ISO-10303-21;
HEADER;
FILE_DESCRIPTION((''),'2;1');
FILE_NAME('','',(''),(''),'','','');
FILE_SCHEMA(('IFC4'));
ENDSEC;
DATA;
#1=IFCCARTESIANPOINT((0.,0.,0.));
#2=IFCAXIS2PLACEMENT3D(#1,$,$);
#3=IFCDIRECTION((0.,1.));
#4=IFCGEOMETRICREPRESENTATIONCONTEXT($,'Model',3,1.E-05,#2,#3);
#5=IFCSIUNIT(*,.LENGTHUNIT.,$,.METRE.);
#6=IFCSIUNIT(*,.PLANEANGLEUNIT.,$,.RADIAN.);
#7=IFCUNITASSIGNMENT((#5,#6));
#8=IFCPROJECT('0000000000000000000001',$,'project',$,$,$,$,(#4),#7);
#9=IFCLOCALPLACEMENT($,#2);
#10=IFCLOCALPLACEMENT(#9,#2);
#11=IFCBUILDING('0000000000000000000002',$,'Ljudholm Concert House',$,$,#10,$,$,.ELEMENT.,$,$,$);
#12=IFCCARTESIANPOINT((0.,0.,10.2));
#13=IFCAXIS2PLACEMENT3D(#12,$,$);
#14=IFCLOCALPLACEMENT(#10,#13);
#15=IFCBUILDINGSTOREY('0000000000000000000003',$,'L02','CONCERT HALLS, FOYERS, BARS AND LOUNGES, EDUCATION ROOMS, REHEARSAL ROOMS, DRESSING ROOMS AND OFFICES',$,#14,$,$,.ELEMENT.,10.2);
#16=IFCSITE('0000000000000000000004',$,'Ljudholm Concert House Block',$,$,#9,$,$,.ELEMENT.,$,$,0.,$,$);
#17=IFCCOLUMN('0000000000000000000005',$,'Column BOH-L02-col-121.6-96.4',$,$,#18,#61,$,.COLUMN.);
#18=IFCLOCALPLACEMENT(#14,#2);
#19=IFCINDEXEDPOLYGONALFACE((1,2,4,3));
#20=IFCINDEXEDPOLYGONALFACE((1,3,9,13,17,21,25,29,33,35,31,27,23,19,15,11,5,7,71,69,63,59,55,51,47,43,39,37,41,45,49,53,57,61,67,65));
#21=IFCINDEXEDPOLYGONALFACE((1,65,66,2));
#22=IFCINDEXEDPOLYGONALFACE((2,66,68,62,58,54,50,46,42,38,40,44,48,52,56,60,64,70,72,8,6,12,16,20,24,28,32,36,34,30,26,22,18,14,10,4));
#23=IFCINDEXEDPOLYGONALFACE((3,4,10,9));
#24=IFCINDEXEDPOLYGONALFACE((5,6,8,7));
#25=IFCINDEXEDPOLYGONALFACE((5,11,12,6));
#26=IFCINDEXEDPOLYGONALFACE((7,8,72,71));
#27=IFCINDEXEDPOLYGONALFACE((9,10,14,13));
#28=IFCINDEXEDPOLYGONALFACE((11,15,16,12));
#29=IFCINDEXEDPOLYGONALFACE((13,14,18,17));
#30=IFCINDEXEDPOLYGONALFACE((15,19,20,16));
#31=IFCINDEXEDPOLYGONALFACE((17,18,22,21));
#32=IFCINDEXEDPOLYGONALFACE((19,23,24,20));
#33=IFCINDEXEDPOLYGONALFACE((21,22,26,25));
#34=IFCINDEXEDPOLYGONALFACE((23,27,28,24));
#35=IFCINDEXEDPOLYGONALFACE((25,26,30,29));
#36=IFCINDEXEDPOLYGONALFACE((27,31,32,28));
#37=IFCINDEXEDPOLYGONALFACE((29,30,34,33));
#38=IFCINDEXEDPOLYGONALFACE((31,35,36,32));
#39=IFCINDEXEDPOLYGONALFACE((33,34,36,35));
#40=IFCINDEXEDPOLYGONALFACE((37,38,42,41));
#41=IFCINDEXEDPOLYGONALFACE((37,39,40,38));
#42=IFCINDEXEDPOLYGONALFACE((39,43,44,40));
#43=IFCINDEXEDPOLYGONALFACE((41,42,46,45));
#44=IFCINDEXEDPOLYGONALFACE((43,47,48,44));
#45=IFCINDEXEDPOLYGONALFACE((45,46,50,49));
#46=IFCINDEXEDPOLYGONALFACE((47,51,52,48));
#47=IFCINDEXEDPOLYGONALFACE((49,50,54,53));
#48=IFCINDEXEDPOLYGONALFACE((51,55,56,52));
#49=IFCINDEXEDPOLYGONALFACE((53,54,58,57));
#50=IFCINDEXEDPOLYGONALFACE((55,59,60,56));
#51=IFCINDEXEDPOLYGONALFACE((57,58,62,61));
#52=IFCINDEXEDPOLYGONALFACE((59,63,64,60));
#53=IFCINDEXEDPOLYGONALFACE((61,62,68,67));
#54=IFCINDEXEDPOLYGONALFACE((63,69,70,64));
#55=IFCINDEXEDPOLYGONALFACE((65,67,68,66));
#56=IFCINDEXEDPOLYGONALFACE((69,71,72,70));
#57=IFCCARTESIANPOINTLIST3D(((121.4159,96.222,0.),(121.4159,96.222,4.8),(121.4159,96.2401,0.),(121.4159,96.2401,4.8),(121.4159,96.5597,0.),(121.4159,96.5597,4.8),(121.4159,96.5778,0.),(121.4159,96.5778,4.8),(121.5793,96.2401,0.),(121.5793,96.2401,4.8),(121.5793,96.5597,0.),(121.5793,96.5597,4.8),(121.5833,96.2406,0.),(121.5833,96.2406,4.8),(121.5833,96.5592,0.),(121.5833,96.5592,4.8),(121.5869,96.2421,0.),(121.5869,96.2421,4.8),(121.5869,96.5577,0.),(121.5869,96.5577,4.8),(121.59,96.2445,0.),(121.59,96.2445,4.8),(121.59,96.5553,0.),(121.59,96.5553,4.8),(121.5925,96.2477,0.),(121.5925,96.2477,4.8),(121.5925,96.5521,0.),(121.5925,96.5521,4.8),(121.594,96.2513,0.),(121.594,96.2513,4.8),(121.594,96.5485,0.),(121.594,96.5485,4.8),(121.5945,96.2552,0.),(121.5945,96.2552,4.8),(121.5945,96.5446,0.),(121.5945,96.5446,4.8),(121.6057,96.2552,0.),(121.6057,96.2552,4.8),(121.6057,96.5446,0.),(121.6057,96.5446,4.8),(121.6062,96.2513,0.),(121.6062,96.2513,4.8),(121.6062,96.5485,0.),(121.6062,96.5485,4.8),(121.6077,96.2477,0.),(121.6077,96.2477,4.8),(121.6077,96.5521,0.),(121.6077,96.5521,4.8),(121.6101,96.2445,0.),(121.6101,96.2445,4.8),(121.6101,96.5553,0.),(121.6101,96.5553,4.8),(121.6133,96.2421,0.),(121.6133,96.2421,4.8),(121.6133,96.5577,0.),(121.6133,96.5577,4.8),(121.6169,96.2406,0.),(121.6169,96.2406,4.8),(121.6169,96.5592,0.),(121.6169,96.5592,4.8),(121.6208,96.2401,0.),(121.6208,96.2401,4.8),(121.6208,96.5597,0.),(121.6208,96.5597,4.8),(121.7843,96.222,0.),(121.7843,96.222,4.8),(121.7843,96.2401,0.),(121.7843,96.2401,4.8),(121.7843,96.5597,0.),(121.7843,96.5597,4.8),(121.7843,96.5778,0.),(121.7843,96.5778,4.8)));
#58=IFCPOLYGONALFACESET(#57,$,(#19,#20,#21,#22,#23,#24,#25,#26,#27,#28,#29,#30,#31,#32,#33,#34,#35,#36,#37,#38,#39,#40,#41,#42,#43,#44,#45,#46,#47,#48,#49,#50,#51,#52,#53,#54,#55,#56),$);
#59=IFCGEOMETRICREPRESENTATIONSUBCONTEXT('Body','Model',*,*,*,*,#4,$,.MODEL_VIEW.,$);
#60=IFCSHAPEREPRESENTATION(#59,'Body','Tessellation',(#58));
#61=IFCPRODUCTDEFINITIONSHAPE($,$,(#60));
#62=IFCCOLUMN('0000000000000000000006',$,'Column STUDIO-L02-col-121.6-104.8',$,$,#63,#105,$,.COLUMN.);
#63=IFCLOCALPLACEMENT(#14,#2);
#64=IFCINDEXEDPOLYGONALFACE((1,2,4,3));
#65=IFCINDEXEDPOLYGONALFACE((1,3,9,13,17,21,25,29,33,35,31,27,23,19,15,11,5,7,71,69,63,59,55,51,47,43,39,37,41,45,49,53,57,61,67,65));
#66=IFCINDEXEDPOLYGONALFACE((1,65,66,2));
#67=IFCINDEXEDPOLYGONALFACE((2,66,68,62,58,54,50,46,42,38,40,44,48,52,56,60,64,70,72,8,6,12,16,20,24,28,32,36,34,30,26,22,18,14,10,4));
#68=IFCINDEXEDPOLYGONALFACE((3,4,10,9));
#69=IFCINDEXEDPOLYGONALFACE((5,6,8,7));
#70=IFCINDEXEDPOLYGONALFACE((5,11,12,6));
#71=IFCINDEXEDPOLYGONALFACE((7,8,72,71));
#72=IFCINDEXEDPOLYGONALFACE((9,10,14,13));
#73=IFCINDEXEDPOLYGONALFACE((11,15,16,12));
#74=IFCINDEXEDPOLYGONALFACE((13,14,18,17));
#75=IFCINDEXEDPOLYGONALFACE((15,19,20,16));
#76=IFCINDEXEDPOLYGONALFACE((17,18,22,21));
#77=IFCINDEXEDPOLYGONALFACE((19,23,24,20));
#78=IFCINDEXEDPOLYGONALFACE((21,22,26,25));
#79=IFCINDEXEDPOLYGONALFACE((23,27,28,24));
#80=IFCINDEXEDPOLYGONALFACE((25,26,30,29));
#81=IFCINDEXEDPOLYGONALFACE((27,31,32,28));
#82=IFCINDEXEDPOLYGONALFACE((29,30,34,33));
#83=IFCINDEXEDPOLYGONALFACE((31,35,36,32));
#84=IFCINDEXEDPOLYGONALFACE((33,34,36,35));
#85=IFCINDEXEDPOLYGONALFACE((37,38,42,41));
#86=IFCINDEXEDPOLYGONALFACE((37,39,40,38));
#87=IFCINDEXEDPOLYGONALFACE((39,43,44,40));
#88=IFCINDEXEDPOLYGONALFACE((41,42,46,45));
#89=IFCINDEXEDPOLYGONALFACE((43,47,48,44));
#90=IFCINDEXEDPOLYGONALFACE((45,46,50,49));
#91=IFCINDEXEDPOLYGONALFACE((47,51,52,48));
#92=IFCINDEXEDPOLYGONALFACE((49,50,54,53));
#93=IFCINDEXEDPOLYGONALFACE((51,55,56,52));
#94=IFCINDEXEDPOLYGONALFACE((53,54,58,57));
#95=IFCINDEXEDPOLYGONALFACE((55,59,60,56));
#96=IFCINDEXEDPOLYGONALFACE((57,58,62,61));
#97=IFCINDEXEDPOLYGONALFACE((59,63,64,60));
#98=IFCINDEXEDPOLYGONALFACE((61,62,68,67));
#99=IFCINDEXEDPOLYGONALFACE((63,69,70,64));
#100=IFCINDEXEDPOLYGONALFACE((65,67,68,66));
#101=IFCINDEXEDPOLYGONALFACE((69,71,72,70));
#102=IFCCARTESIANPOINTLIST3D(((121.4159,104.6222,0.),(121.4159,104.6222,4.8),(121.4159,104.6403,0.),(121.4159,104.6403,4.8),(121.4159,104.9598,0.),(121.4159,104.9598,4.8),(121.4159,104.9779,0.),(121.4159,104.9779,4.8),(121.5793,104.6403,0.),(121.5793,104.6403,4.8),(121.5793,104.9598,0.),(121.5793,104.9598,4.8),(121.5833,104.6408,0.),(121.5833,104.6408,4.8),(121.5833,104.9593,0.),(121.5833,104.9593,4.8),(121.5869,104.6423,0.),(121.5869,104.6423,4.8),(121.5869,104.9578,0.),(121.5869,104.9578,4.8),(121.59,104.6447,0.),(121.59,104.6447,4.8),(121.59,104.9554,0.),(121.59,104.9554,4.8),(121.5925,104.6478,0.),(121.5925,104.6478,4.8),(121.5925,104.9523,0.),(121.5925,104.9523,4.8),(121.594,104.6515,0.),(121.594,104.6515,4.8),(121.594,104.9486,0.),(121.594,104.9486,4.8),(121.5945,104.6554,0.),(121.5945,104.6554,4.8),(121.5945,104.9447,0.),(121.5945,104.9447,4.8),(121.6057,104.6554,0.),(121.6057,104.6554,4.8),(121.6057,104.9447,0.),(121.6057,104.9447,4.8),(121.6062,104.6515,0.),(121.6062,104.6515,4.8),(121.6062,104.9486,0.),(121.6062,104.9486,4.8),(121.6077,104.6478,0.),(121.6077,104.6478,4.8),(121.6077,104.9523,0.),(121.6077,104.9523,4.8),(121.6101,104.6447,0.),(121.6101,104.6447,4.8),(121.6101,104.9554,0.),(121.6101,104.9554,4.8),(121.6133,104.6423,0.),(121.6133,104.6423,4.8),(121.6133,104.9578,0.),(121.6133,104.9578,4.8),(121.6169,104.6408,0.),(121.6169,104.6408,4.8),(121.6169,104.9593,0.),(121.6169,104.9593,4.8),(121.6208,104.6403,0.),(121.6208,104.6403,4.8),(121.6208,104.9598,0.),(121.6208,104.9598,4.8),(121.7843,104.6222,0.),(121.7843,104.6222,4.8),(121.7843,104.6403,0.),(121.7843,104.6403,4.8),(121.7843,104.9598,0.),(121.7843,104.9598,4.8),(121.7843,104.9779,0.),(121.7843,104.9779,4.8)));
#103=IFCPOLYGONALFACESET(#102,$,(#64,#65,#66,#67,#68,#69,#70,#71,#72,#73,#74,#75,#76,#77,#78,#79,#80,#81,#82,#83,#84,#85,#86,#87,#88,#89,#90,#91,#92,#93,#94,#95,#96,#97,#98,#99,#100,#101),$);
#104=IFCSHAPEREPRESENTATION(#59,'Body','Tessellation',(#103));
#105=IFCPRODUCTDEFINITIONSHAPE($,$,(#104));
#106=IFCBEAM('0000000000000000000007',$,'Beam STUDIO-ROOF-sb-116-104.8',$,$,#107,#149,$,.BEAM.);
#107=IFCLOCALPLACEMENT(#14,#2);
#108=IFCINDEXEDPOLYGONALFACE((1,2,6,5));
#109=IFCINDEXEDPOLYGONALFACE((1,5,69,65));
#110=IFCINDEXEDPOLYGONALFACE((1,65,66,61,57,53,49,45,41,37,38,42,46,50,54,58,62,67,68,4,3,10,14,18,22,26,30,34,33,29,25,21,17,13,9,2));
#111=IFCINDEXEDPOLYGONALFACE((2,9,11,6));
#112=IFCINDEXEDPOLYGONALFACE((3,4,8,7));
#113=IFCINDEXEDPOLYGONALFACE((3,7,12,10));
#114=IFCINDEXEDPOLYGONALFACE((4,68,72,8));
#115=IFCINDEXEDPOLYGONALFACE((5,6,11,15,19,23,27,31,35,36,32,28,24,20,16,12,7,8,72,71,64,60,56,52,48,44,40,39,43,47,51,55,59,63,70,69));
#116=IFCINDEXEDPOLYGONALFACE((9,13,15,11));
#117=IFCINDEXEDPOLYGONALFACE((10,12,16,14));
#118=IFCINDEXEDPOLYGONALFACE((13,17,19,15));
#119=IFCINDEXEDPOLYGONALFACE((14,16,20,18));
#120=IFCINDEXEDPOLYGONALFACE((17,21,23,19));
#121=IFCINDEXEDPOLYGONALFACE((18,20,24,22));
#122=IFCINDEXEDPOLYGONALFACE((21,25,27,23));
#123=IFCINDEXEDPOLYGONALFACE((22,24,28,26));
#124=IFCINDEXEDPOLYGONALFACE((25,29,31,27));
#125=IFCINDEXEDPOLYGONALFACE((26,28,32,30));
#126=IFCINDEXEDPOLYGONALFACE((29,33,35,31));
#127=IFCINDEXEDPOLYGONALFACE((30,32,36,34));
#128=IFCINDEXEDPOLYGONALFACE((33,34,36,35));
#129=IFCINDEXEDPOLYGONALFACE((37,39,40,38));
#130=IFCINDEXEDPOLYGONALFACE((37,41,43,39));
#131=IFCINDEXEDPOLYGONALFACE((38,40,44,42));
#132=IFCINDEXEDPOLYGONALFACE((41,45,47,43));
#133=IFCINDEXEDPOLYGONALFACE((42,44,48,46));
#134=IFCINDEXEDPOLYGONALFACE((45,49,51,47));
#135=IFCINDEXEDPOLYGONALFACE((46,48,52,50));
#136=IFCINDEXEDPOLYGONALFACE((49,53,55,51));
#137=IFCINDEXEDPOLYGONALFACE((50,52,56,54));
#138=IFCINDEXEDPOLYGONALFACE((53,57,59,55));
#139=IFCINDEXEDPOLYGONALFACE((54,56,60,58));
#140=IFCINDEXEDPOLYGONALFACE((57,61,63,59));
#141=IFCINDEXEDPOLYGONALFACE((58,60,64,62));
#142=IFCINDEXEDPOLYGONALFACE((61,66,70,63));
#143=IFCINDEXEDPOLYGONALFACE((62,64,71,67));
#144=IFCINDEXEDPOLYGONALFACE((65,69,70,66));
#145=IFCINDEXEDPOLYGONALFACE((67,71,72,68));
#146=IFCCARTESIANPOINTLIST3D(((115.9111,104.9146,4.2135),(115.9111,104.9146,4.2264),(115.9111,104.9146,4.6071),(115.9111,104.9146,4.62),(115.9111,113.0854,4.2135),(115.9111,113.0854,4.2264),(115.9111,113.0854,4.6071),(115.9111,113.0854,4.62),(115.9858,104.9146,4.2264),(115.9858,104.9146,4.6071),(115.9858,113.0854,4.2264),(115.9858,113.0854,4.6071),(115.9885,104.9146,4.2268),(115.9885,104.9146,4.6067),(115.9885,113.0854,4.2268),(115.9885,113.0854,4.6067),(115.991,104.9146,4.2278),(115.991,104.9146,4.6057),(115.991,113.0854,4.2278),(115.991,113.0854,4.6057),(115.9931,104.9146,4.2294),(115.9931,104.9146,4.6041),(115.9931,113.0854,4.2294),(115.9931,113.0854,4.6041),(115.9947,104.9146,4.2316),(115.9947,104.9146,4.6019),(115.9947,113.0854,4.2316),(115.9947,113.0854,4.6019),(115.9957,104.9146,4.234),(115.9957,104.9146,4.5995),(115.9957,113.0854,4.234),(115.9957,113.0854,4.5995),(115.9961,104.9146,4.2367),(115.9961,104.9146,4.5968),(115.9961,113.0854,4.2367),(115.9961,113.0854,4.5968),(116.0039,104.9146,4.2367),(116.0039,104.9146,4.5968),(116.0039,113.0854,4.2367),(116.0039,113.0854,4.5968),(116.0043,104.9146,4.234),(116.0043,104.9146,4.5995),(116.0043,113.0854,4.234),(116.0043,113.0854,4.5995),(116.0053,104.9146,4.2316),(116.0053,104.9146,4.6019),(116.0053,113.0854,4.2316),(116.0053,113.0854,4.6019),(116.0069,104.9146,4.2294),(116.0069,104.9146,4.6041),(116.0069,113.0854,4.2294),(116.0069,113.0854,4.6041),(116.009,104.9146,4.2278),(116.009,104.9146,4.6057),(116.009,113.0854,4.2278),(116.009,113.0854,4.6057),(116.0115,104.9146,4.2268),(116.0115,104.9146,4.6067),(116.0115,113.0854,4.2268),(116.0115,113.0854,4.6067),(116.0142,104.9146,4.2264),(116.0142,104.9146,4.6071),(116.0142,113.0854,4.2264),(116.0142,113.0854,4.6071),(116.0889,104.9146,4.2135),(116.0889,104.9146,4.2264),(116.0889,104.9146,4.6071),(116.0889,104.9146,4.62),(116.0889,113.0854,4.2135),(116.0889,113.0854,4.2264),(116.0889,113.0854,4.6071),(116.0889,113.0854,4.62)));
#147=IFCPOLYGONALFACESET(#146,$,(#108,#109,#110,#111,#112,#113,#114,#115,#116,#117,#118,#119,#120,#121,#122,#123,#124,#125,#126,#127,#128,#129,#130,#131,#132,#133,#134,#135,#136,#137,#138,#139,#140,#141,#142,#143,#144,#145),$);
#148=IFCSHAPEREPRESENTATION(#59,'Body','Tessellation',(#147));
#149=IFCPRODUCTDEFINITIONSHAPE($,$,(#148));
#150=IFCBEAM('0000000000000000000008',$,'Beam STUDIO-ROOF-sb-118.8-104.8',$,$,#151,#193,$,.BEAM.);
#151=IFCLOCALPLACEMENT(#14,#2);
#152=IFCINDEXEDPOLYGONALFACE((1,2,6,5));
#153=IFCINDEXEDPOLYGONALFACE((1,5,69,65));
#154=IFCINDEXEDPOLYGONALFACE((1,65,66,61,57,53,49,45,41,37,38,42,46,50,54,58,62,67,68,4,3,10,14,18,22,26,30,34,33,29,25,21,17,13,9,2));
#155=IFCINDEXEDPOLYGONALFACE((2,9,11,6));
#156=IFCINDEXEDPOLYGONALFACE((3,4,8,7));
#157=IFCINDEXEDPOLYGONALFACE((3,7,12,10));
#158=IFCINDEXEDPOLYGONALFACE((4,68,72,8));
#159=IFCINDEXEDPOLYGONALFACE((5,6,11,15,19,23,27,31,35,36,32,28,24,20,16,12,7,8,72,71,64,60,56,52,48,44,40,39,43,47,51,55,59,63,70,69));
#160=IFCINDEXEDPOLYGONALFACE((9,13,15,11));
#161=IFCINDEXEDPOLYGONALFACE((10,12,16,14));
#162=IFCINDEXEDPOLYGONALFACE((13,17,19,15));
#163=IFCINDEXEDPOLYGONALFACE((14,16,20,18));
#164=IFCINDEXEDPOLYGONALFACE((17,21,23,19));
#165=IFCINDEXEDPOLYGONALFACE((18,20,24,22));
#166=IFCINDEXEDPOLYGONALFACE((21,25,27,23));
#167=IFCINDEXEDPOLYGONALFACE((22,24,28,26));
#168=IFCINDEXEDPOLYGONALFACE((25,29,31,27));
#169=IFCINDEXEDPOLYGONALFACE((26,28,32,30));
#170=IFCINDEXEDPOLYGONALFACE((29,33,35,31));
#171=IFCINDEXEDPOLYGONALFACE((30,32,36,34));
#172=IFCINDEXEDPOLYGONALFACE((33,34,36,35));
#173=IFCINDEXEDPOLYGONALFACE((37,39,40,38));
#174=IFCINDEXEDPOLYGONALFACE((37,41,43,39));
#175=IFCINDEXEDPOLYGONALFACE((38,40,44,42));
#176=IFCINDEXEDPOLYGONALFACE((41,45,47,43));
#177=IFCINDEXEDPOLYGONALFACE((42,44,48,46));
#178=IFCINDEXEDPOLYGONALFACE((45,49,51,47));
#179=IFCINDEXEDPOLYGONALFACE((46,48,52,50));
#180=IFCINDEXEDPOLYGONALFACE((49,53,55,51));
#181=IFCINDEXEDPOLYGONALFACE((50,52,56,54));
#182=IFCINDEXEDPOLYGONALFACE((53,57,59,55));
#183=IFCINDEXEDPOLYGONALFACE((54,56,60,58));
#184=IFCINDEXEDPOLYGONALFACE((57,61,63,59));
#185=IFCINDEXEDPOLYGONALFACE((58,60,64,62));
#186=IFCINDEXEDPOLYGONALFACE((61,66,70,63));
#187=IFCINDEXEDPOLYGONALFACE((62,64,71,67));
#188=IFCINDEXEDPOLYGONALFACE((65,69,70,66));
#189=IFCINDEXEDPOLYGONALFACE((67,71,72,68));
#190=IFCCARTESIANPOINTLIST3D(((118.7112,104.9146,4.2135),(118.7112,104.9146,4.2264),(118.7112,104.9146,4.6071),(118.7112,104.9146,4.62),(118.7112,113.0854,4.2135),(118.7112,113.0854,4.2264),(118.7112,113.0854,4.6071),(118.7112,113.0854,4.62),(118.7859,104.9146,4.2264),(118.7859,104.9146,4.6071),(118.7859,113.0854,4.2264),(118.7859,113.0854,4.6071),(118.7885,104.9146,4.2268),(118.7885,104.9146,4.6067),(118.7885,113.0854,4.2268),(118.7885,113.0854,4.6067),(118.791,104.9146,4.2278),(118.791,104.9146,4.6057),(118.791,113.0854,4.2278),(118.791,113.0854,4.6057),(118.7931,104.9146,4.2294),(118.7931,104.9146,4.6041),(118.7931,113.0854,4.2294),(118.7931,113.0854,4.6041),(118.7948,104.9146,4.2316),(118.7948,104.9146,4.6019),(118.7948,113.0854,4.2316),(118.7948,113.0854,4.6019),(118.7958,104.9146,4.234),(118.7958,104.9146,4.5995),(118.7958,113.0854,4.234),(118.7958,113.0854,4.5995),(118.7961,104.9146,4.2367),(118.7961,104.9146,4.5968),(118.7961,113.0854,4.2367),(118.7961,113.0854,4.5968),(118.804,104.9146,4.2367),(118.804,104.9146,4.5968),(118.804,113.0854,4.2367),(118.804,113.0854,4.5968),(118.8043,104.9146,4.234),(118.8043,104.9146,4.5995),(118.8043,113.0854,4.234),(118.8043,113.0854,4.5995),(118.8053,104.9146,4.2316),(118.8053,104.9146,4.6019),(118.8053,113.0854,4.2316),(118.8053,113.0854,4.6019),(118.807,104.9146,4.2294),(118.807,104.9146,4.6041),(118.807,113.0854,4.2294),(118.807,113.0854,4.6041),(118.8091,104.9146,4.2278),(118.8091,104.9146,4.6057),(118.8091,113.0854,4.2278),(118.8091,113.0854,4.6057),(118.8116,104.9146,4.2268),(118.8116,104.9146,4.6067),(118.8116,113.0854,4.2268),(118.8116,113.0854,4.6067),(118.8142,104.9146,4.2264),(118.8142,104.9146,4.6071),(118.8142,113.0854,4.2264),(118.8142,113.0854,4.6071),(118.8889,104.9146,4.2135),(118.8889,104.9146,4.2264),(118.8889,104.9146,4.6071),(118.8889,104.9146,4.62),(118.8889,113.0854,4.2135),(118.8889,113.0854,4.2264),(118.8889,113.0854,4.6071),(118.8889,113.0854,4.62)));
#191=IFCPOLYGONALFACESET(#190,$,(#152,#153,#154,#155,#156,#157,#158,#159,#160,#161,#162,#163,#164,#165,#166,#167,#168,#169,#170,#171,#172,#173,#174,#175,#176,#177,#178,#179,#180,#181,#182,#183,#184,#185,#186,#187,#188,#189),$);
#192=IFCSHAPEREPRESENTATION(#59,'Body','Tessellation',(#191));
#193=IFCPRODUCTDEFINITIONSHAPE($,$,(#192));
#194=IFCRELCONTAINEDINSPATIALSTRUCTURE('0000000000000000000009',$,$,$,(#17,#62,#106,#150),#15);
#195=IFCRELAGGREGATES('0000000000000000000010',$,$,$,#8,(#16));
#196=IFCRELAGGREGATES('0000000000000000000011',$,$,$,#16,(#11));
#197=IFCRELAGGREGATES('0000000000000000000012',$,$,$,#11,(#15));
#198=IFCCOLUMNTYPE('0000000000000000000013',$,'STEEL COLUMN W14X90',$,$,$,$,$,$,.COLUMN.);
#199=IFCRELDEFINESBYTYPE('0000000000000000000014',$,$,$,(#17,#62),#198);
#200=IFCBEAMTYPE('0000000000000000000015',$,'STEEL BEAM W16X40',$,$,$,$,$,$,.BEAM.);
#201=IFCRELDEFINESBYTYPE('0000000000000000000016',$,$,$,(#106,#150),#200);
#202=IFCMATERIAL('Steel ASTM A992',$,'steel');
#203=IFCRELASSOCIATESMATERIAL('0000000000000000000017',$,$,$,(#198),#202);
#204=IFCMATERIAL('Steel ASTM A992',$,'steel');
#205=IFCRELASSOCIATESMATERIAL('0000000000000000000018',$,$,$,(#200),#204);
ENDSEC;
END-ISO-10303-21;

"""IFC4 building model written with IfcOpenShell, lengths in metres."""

from ifc_helpers import new_model, si_unit, direction, frame, origin, origin_2d, place, context, subcontext, project, spatial, i_section, extrude, material, material_profile, profile_set, type_object, element, save


model = new_model("IFC4")

# Units and contexts
model_context = context("Model", 3, precision=1e-05, world=origin(), true_north=direction((0.0, 1.0)))
body_context = subcontext(model_context, "Body", "Model", "MODEL_VIEW")
ifc_project = project(units=[si_unit("LENGTHUNIT", "METRE"), si_unit("PLANEANGLEUNIT", "RADIAN")], contexts=[model_context])

# Site, building, storey
site_placement = place(None, origin())
site = spatial("IfcSite", under=ifc_project, at=site_placement, Name="Ljudholm Concert House Block", CompositionType="ELEMENT", RefElevation=0.0)
building_placement = place(site_placement, origin())
building = spatial("IfcBuilding", under=site, at=building_placement, Name="Ljudholm Concert House", CompositionType="ELEMENT")
storey_placement = place(building_placement, frame((0.0, 0.0, 10.2)))
storey = spatial("IfcBuildingStorey", under=building, at=storey_placement, Name="L02", Description="CONCERT HALLS, FOYERS, BARS AND LOUNGES, EDUCATION ROOMS, REHEARSAL ROOMS, DRESSING ROOMS AND OFFICES", CompositionType="ELEMENT", Elevation=10.2)

# Columns
ifc_material_1 = material(Name="Steel ASTM A992", Category="steel")
ifc_material_profile_1 = material_profile(ifc_material_1, i_section(OverallWidth=0.3684, OverallDepth=0.3557, WebThickness=0.0112, FlangeThickness=0.0181, FilletRadius=0.0151, at=origin_2d()), Name="W14X90")
ifc_profile_set_1 = profile_set([ifc_material_profile_1], Name="Steel ASTM A992")
column_type = type_object("IfcColumnType", Name="STEEL COLUMN W14X90", PredefinedType="COLUMN", material=ifc_profile_set_1)
for number, where, z_axis, x_axis, name in (
    (1, (121.6001, 96.3999, 0.0), (0.0, 0.0, 1.0), (1.0, 0.0, 0.0), "Column BOH-L02-col-121.6-96.4"),
    (2, (121.6001, 104.8, 0.0), (0.0, 0.0, 1.0), (1.0, 0.0, 0.0), "Column STUDIO-L02-col-121.6-104.8"),
):
    element("IfcColumn", number, at=place(storey_placement, frame(where, z_axis=z_axis, x_axis=x_axis)), inside=storey, type_object=column_type, Name=name, PredefinedType="COLUMN", context=body_context, shape_type="SweptSolid", body=[
        extrude(i_section(OverallWidth=0.3684, OverallDepth=0.3557, WebThickness=0.0112, FlangeThickness=0.0181, FilletRadius=0.0151, at=origin_2d()), origin(), (0.0, 0.0, 1.0), 4.8),
    ])

# Beams
ifc_material_2 = material(Name="Steel ASTM A992", Category="steel")
ifc_material_profile_2 = material_profile(ifc_material_2, i_section(OverallWidth=0.1777, OverallDepth=0.4065, WebThickness=0.0078, FlangeThickness=0.0129, FilletRadius=0.0103, at=origin_2d()), Name="W16X40")
ifc_profile_set_2 = profile_set([ifc_material_profile_2], Name="Steel ASTM A992")
beam_type_1 = type_object("IfcBeamType", Name="STEEL BEAM W16X40", PredefinedType="BEAM", material=ifc_profile_set_2)
for number, where, z_axis, x_axis, name in (
    (3, (116.0, 104.9146, 4.4167), (0.0, 1.0, 0.0), (-1.0, 0.0, 0.0), "Beam STUDIO-ROOF-sb-116-104.8"),
    (4, (118.8, 104.9146, 4.4167), (0.0, 1.0, 0.0), (-1.0, 0.0, 0.0), "Beam STUDIO-ROOF-sb-118.8-104.8"),
):
    element("IfcBeam", number, at=place(storey_placement, frame(where, z_axis=z_axis, x_axis=x_axis)), inside=storey, type_object=beam_type_1, Name=name, PredefinedType="BEAM", context=body_context, shape_type="SweptSolid", body=[
        extrude(i_section(OverallWidth=0.1777, OverallDepth=0.4065, WebThickness=0.0078, FlangeThickness=0.0129, FilletRadius=0.0103, at=origin_2d()), origin(), (0.0, 0.0, 1.0), 8.1709),
    ])

save(model, "model.ifc")
